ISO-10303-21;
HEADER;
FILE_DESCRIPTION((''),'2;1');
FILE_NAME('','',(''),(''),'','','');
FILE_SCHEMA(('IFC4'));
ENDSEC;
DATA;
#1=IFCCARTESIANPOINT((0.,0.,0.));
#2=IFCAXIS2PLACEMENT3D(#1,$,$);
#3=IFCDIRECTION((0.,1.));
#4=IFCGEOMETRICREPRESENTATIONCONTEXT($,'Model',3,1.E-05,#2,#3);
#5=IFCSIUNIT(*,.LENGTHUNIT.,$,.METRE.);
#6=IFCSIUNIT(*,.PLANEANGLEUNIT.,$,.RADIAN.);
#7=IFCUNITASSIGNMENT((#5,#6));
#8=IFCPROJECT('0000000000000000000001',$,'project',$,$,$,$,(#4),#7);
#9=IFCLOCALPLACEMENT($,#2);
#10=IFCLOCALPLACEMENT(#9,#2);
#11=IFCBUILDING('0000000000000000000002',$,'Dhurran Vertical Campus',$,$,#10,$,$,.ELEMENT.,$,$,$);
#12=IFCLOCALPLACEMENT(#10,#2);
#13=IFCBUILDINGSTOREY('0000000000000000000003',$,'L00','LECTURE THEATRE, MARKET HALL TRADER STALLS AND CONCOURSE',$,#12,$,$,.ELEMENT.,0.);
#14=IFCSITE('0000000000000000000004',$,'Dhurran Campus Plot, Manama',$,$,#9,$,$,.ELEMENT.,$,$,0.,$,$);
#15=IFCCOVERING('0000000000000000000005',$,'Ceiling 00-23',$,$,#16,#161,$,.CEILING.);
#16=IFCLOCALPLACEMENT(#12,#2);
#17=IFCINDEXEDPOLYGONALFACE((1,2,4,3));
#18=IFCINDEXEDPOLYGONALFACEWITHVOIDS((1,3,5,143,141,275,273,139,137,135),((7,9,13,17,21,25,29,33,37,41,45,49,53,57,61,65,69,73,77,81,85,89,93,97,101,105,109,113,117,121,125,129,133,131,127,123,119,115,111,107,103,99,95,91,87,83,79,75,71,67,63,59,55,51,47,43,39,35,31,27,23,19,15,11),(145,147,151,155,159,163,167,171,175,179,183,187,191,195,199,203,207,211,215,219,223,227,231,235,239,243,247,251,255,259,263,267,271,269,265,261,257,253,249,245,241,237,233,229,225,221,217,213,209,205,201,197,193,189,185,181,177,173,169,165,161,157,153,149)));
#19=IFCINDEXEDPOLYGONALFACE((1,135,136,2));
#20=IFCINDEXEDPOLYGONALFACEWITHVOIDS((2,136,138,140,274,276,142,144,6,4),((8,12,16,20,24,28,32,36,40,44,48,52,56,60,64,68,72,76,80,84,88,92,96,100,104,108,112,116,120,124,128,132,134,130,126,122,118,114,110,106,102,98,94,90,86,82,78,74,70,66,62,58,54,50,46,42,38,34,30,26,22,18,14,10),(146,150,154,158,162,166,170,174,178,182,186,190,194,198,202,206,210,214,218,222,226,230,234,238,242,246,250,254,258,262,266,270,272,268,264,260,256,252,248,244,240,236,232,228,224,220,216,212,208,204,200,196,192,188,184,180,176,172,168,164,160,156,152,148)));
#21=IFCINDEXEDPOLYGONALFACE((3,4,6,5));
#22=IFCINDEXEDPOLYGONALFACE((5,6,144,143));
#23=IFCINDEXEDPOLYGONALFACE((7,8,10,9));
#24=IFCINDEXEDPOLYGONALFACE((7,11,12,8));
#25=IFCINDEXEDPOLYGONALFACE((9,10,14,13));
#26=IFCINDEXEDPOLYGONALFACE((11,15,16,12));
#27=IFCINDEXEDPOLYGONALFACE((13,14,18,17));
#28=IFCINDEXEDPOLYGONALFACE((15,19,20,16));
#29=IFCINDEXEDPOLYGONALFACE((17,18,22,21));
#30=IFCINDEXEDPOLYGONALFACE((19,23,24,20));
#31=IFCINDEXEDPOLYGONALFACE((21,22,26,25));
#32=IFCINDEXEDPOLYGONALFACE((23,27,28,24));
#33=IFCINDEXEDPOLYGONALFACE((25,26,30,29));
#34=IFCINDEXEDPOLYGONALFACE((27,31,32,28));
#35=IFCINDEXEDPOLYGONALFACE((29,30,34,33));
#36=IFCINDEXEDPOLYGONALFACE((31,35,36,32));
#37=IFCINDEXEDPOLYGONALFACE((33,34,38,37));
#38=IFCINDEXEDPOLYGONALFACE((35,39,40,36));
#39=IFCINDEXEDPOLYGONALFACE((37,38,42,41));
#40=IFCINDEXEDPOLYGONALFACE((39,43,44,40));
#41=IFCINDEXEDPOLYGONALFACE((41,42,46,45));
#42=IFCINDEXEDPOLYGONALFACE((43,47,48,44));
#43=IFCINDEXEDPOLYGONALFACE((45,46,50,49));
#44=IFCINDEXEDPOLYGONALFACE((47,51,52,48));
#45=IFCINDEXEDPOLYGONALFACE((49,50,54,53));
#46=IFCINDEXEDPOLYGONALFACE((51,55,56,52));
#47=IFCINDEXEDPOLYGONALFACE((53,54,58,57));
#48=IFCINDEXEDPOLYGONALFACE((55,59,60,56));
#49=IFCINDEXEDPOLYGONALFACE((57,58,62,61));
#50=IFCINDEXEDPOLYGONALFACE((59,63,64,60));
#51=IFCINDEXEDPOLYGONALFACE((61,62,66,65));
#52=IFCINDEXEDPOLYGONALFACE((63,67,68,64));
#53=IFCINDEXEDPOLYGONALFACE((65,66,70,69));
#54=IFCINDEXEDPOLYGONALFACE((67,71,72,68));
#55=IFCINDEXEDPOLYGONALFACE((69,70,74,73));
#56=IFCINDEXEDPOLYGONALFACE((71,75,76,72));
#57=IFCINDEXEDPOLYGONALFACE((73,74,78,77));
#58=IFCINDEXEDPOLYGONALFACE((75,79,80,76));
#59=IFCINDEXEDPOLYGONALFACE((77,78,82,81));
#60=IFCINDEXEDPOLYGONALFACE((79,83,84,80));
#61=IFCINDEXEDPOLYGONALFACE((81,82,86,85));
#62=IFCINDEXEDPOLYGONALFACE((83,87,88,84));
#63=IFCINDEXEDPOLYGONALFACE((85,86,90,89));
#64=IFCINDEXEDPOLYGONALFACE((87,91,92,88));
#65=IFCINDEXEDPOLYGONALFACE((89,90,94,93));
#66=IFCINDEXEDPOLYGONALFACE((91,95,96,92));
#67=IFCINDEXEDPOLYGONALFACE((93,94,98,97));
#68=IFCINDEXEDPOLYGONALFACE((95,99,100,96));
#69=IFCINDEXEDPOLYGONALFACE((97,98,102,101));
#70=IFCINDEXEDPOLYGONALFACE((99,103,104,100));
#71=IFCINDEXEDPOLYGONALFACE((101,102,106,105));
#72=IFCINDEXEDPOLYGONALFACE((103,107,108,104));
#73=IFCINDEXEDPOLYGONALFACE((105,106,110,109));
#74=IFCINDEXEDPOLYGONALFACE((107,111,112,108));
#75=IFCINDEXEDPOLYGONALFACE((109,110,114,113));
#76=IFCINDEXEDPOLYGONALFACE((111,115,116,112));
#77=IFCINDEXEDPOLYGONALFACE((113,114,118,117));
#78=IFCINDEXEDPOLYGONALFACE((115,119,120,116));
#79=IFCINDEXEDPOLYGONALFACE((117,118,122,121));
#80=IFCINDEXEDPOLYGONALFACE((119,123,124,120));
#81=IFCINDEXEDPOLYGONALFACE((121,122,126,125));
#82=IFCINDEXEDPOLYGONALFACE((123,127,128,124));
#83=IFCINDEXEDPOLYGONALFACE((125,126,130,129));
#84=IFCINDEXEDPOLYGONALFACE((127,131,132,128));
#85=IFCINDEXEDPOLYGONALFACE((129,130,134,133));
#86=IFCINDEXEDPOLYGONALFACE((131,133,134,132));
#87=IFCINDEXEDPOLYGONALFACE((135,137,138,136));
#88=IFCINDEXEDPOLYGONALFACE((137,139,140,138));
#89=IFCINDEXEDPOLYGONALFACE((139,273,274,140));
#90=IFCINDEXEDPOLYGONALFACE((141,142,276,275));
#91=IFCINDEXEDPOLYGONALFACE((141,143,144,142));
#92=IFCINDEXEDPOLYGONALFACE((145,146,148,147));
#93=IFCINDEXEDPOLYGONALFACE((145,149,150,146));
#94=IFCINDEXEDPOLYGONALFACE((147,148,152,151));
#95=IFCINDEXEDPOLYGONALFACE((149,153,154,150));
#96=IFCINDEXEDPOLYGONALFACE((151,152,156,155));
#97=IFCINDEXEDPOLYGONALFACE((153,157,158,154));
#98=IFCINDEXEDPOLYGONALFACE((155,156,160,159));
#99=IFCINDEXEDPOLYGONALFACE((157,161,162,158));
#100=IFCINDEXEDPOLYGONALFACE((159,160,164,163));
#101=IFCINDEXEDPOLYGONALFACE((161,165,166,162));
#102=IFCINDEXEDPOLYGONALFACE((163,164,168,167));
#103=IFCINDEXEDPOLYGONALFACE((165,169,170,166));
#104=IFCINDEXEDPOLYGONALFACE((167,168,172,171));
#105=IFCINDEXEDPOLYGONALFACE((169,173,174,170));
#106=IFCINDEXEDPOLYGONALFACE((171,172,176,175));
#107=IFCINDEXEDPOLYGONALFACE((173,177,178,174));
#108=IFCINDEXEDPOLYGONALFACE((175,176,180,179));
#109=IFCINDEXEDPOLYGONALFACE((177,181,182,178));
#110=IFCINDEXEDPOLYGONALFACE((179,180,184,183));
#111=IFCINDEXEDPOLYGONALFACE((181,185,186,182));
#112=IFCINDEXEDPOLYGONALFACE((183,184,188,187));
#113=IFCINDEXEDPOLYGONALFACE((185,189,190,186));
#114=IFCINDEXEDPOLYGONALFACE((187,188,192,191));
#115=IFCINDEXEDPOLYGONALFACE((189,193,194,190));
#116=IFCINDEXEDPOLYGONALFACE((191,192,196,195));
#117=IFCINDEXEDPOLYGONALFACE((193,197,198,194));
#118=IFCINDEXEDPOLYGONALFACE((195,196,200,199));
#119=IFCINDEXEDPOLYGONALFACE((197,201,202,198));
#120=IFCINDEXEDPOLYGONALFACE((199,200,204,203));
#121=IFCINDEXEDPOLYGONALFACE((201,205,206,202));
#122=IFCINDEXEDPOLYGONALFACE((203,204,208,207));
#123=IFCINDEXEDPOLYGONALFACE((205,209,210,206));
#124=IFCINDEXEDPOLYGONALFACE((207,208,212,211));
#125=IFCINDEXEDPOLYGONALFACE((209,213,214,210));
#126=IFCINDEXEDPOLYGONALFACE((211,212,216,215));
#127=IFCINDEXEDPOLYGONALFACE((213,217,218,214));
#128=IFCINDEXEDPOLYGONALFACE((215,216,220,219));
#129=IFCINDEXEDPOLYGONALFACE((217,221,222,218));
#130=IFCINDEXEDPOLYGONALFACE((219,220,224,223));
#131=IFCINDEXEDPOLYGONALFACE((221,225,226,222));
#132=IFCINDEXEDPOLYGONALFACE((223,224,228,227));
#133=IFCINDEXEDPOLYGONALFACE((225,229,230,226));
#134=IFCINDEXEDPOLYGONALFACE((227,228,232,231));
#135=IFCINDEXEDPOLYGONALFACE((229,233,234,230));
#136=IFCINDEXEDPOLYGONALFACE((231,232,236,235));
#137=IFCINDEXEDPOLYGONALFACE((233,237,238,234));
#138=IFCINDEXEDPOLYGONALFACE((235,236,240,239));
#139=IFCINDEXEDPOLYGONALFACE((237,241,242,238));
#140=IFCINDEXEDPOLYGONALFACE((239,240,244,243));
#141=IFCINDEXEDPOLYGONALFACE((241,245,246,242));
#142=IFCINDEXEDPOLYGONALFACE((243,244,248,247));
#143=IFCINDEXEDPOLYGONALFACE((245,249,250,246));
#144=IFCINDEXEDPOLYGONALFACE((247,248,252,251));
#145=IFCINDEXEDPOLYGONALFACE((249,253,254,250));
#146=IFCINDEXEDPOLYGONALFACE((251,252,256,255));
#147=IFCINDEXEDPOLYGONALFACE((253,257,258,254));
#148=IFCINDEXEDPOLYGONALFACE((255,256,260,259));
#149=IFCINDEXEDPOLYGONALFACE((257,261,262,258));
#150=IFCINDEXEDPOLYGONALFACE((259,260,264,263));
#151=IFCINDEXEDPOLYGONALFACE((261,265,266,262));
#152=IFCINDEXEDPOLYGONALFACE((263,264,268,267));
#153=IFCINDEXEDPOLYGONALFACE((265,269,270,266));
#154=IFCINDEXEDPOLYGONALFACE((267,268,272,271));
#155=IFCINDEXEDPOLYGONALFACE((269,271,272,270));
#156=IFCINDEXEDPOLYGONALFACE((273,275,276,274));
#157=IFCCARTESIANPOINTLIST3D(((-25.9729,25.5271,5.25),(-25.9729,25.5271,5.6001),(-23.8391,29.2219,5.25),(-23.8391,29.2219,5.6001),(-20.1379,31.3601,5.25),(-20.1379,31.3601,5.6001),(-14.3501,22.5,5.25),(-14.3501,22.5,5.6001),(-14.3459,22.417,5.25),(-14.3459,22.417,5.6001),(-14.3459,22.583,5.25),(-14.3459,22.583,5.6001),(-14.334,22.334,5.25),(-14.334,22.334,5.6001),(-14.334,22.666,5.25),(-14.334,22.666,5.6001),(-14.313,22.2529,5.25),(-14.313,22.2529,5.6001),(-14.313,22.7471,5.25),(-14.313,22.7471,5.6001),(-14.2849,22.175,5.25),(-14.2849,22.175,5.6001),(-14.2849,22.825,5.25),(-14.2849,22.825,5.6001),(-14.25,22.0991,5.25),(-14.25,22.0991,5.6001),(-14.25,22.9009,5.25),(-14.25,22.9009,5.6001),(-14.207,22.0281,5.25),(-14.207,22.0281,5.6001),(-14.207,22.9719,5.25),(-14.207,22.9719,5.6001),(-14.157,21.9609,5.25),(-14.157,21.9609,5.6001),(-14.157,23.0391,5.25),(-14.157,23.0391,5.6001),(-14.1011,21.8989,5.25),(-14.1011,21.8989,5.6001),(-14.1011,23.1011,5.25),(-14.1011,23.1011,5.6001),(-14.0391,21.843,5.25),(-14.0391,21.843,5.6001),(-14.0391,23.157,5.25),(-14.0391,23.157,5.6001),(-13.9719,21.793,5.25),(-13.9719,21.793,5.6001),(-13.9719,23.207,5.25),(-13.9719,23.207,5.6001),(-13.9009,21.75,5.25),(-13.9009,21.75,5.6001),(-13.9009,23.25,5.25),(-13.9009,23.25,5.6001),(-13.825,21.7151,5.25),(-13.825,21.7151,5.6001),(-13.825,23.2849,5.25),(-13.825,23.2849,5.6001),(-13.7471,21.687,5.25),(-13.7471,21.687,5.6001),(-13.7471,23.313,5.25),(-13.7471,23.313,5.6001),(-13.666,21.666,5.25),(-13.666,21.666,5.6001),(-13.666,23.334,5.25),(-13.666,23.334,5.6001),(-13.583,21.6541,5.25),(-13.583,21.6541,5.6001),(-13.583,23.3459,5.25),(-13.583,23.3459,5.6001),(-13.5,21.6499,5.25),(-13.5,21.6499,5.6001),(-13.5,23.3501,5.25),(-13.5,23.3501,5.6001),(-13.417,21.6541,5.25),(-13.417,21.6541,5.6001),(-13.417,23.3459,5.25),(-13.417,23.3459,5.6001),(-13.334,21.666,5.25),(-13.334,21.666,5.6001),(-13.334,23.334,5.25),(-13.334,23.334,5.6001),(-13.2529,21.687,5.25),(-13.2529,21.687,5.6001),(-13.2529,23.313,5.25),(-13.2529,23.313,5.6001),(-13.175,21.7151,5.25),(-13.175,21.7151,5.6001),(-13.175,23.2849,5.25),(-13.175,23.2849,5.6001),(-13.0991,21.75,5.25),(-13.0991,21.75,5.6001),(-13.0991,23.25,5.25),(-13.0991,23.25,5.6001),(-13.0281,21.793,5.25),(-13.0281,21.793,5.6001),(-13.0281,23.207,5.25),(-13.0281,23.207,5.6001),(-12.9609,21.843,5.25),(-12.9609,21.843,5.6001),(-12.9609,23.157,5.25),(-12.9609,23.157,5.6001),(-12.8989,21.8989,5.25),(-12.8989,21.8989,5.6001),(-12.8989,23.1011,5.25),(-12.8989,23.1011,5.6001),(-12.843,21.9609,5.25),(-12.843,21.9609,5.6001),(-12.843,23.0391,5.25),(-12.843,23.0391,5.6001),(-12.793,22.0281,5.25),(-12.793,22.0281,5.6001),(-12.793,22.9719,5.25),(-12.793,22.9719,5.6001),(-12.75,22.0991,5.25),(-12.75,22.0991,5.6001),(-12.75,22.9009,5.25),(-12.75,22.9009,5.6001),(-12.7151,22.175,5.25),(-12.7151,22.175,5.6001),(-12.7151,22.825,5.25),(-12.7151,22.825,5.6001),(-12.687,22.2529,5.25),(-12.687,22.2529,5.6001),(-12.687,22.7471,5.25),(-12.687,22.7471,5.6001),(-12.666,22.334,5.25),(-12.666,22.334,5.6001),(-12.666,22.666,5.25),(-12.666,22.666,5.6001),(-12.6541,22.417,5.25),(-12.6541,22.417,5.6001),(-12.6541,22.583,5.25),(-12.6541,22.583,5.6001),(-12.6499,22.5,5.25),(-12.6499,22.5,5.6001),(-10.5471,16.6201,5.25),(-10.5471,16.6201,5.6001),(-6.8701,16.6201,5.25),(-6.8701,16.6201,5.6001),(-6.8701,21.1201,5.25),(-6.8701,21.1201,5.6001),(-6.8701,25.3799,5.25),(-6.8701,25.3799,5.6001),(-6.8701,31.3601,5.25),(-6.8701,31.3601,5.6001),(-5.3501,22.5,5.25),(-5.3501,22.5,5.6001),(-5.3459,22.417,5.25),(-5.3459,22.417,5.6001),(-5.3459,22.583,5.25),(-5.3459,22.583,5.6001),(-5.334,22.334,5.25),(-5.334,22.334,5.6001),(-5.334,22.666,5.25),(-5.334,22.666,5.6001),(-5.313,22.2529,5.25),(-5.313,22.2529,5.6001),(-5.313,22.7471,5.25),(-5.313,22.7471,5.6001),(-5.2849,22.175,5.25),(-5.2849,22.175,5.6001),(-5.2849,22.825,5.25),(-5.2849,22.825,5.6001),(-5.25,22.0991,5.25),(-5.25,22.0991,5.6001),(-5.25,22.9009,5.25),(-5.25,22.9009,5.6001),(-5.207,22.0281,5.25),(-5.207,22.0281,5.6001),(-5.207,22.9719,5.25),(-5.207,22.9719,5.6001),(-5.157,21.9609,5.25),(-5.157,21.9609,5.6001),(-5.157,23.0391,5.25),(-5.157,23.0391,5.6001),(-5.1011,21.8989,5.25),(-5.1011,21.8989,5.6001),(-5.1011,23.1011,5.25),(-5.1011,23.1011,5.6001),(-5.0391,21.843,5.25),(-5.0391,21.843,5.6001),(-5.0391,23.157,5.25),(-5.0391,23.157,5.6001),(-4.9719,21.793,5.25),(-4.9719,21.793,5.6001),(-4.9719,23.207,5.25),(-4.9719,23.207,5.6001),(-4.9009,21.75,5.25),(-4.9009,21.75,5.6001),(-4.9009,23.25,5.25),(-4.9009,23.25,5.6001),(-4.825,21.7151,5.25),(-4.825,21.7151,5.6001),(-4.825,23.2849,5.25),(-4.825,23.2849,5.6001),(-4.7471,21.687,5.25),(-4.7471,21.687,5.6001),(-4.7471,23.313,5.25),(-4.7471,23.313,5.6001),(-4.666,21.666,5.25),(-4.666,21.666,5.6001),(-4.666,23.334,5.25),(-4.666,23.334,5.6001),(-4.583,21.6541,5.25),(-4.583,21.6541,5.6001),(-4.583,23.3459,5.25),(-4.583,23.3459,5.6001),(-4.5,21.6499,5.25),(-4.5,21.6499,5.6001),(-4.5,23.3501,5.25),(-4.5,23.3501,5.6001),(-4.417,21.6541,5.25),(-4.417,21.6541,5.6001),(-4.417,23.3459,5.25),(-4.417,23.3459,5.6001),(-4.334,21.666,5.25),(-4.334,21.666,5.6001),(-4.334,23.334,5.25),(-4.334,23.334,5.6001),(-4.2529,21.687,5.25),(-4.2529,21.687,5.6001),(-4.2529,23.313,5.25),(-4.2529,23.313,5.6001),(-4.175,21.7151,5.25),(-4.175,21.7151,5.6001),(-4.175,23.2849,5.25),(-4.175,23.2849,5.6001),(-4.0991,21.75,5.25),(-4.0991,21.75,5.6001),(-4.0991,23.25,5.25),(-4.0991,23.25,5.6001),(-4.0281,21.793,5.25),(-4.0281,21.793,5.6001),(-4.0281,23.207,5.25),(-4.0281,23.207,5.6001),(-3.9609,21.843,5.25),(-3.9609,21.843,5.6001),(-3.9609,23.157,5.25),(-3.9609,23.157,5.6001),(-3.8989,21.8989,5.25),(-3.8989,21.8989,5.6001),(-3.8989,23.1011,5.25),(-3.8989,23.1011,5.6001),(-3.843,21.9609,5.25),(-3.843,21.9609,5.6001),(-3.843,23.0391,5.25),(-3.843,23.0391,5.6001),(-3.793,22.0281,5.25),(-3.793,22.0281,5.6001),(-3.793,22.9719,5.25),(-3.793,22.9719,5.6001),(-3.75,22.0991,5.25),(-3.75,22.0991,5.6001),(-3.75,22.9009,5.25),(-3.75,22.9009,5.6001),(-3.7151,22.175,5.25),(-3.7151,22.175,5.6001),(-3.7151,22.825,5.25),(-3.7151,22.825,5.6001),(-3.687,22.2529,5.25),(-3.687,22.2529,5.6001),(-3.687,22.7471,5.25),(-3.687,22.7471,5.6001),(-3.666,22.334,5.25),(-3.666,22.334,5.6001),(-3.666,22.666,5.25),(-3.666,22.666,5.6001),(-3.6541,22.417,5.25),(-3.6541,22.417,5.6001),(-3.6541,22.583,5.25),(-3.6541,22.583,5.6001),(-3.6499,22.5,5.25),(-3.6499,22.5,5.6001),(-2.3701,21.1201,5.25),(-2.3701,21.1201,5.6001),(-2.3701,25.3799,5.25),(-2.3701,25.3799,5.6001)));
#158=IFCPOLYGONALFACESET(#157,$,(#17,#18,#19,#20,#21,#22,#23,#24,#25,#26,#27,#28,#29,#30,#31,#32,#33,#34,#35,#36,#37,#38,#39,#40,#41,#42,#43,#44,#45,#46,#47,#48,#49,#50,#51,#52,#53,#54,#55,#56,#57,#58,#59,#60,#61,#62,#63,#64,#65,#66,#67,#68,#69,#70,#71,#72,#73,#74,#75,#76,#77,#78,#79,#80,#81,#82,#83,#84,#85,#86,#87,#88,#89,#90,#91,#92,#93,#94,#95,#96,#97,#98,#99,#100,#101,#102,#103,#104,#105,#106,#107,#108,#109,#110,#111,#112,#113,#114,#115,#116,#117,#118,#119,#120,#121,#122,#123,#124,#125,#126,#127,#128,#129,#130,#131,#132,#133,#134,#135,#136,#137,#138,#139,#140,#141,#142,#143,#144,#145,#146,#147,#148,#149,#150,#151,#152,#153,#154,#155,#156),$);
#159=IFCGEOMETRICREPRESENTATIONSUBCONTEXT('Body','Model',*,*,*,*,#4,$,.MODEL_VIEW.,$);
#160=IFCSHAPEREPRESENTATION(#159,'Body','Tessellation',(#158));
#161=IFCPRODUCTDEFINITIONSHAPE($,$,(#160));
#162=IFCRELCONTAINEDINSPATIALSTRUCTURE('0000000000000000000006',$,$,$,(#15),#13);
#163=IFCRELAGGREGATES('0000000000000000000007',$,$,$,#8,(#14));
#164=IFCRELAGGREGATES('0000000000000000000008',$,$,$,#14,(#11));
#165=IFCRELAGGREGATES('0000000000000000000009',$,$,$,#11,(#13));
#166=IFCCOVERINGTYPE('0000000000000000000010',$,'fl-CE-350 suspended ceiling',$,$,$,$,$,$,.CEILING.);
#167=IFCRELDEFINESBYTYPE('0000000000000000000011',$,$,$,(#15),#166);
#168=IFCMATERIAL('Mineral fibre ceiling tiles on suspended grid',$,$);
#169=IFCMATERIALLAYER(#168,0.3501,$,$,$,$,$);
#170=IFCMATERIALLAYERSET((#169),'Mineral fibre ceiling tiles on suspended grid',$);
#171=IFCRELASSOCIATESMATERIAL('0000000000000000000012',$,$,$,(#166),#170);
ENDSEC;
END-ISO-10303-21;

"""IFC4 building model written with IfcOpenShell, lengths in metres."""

from ifc_helpers import new_model, si_unit, direction, frame, origin, place, context, subcontext, project, spatial, polyline, outline, extrude, material, layer, layer_set, type_object, element, save


model = new_model("IFC4")

# Units and contexts
model_context = context("Model", 3, precision=1e-05, world=origin(), true_north=direction((0.0, 1.0)))
body_context = subcontext(model_context, "Body", "Model", "MODEL_VIEW")
ifc_project = project(units=[si_unit("LENGTHUNIT", "METRE"), si_unit("PLANEANGLEUNIT", "RADIAN")], contexts=[model_context])

# Site, building, storey
site_placement = place(None, origin())
site = spatial("IfcSite", under=ifc_project, at=site_placement, Name="Dhurran Campus Plot, Manama", CompositionType="ELEMENT", RefElevation=0.0)
building_placement = place(site_placement, origin())
building = spatial("IfcBuilding", under=site, at=building_placement, Name="Dhurran Vertical Campus", CompositionType="ELEMENT")
storey_placement = place(building_placement, origin())
storey = spatial("IfcBuildingStorey", under=building, at=storey_placement, Name="L00", Description="LECTURE THEATRE, MARKET HALL TRADER STALLS AND CONCOURSE", CompositionType="ELEMENT", Elevation=0.0)

# Covering
ifc_material_1 = material(Name="Mineral fibre ceiling tiles on suspended grid")
ifc_layer_1 = layer(ifc_material_1, 0.3501)
ifc_layer_set_1 = layer_set([ifc_layer_1], Name="Mineral fibre ceiling tiles on suspended grid")
covering_type = type_object("IfcCoveringType", Name="fl-CE-350 suspended ceiling", PredefinedType="CEILING", material=ifc_layer_set_1)
covering_1_placement = place(storey_placement, frame((0.0, 0.0, 5.25)))
element("IfcCovering", 1, at=covering_1_placement, inside=storey, type_object=covering_type, Name="Ceiling 00-23", PredefinedType="CEILING", context=body_context, shape_type="SweptSolid", body=[
    extrude(outline(polyline([(-20.1379, 31.3601), (-6.8701, 31.3601), (-6.8701, 25.3799), (-2.3701, 25.3799), (-2.3701, 21.1201), (-6.8701, 21.1201), (-6.8701, 16.6201), (-10.5471, 16.6201), (-25.9729, 25.5271), (-23.8391, 29.2219), (-20.1379, 31.3601)]), holes=[polyline([(-13.0991, 23.25), (-13.175, 23.2849), (-13.2529, 23.313), (-13.334, 23.334), (-13.417, 23.3459), (-13.5, 23.3501), (-13.583, 23.3459), (-13.666, 23.334), (-13.7471, 23.313), (-13.825, 23.2849), (-13.9009, 23.25), (-13.9719, 23.207), (-14.0391, 23.157), (-14.1011, 23.1011), (-14.157, 23.0391), (-14.207, 22.9719), (-14.25, 22.9009), (-14.2849, 22.825), (-14.313, 22.7471), (-14.334, 22.666), (-14.3459, 22.583), (-14.3501, 22.5), (-14.3459, 22.417), (-14.334, 22.334), (-14.313, 22.2529), (-14.2849, 22.175), (-14.25, 22.0991), (-14.207, 22.0281), (-14.157, 21.9609), (-14.1011, 21.8989), (-14.0391, 21.843), (-13.9719, 21.793), (-13.9009, 21.75), (-13.825, 21.7151), (-13.7471, 21.687), (-13.666, 21.666), (-13.583, 21.6541), (-13.5, 21.6499), (-13.417, 21.6541), (-13.334, 21.666), (-13.2529, 21.687), (-13.175, 21.7151), (-13.0991, 21.75), (-13.0281, 21.793), (-12.9609, 21.843), (-12.8989, 21.8989), (-12.843, 21.9609), (-12.793, 22.0281), (-12.75, 22.0991), (-12.7151, 22.175), (-12.687, 22.2529), (-12.666, 22.334), (-12.6541, 22.417), (-12.6499, 22.5), (-12.6541, 22.583), (-12.666, 22.666), (-12.687, 22.7471), (-12.7151, 22.825), (-12.75, 22.9009), (-12.793, 22.9719), (-12.843, 23.0391), (-12.8989, 23.1011), (-12.9609, 23.157), (-13.0281, 23.207), (-13.0991, 23.25)]), polyline([(-3.9609, 23.157), (-4.0281, 23.207), (-4.0991, 23.25), (-4.175, 23.2849), (-4.2529, 23.313), (-4.334, 23.334), (-4.417, 23.3459), (-4.5, 23.3501), (-4.583, 23.3459), (-4.666, 23.334), (-4.7471, 23.313), (-4.825, 23.2849), (-4.9009, 23.25), (-4.9719, 23.207), (-5.0391, 23.157), (-5.1011, 23.1011), (-5.157, 23.0391), (-5.207, 22.9719), (-5.25, 22.9009), (-5.2849, 22.825), (-5.313, 22.7471), (-5.334, 22.666), (-5.3459, 22.583), (-5.3501, 22.5), (-5.3459, 22.417), (-5.334, 22.334), (-5.313, 22.2529), (-5.2849, 22.175), (-5.25, 22.0991), (-5.207, 22.0281), (-5.157, 21.9609), (-5.1011, 21.8989), (-5.0391, 21.843), (-4.9719, 21.793), (-4.9009, 21.75), (-4.825, 21.7151), (-4.7471, 21.687), (-4.666, 21.666), (-4.583, 21.6541), (-4.5, 21.6499), (-4.417, 21.6541), (-4.334, 21.666), (-4.2529, 21.687), (-4.175, 21.7151), (-4.0991, 21.75), (-4.0281, 21.793), (-3.9609, 21.843), (-3.8989, 21.8989), (-3.843, 21.9609), (-3.793, 22.0281), (-3.75, 22.0991), (-3.7151, 22.175), (-3.687, 22.2529), (-3.666, 22.334), (-3.6541, 22.417), (-3.6499, 22.5), (-3.6541, 22.583), (-3.666, 22.666), (-3.687, 22.7471), (-3.7151, 22.825), (-3.75, 22.9009), (-3.793, 22.9719), (-3.843, 23.0391), (-3.8989, 23.1011), (-3.9609, 23.157)])]), origin(), (0.0, 0.0, 1.0), 0.3501),
])

save(model, "model.ifc")
